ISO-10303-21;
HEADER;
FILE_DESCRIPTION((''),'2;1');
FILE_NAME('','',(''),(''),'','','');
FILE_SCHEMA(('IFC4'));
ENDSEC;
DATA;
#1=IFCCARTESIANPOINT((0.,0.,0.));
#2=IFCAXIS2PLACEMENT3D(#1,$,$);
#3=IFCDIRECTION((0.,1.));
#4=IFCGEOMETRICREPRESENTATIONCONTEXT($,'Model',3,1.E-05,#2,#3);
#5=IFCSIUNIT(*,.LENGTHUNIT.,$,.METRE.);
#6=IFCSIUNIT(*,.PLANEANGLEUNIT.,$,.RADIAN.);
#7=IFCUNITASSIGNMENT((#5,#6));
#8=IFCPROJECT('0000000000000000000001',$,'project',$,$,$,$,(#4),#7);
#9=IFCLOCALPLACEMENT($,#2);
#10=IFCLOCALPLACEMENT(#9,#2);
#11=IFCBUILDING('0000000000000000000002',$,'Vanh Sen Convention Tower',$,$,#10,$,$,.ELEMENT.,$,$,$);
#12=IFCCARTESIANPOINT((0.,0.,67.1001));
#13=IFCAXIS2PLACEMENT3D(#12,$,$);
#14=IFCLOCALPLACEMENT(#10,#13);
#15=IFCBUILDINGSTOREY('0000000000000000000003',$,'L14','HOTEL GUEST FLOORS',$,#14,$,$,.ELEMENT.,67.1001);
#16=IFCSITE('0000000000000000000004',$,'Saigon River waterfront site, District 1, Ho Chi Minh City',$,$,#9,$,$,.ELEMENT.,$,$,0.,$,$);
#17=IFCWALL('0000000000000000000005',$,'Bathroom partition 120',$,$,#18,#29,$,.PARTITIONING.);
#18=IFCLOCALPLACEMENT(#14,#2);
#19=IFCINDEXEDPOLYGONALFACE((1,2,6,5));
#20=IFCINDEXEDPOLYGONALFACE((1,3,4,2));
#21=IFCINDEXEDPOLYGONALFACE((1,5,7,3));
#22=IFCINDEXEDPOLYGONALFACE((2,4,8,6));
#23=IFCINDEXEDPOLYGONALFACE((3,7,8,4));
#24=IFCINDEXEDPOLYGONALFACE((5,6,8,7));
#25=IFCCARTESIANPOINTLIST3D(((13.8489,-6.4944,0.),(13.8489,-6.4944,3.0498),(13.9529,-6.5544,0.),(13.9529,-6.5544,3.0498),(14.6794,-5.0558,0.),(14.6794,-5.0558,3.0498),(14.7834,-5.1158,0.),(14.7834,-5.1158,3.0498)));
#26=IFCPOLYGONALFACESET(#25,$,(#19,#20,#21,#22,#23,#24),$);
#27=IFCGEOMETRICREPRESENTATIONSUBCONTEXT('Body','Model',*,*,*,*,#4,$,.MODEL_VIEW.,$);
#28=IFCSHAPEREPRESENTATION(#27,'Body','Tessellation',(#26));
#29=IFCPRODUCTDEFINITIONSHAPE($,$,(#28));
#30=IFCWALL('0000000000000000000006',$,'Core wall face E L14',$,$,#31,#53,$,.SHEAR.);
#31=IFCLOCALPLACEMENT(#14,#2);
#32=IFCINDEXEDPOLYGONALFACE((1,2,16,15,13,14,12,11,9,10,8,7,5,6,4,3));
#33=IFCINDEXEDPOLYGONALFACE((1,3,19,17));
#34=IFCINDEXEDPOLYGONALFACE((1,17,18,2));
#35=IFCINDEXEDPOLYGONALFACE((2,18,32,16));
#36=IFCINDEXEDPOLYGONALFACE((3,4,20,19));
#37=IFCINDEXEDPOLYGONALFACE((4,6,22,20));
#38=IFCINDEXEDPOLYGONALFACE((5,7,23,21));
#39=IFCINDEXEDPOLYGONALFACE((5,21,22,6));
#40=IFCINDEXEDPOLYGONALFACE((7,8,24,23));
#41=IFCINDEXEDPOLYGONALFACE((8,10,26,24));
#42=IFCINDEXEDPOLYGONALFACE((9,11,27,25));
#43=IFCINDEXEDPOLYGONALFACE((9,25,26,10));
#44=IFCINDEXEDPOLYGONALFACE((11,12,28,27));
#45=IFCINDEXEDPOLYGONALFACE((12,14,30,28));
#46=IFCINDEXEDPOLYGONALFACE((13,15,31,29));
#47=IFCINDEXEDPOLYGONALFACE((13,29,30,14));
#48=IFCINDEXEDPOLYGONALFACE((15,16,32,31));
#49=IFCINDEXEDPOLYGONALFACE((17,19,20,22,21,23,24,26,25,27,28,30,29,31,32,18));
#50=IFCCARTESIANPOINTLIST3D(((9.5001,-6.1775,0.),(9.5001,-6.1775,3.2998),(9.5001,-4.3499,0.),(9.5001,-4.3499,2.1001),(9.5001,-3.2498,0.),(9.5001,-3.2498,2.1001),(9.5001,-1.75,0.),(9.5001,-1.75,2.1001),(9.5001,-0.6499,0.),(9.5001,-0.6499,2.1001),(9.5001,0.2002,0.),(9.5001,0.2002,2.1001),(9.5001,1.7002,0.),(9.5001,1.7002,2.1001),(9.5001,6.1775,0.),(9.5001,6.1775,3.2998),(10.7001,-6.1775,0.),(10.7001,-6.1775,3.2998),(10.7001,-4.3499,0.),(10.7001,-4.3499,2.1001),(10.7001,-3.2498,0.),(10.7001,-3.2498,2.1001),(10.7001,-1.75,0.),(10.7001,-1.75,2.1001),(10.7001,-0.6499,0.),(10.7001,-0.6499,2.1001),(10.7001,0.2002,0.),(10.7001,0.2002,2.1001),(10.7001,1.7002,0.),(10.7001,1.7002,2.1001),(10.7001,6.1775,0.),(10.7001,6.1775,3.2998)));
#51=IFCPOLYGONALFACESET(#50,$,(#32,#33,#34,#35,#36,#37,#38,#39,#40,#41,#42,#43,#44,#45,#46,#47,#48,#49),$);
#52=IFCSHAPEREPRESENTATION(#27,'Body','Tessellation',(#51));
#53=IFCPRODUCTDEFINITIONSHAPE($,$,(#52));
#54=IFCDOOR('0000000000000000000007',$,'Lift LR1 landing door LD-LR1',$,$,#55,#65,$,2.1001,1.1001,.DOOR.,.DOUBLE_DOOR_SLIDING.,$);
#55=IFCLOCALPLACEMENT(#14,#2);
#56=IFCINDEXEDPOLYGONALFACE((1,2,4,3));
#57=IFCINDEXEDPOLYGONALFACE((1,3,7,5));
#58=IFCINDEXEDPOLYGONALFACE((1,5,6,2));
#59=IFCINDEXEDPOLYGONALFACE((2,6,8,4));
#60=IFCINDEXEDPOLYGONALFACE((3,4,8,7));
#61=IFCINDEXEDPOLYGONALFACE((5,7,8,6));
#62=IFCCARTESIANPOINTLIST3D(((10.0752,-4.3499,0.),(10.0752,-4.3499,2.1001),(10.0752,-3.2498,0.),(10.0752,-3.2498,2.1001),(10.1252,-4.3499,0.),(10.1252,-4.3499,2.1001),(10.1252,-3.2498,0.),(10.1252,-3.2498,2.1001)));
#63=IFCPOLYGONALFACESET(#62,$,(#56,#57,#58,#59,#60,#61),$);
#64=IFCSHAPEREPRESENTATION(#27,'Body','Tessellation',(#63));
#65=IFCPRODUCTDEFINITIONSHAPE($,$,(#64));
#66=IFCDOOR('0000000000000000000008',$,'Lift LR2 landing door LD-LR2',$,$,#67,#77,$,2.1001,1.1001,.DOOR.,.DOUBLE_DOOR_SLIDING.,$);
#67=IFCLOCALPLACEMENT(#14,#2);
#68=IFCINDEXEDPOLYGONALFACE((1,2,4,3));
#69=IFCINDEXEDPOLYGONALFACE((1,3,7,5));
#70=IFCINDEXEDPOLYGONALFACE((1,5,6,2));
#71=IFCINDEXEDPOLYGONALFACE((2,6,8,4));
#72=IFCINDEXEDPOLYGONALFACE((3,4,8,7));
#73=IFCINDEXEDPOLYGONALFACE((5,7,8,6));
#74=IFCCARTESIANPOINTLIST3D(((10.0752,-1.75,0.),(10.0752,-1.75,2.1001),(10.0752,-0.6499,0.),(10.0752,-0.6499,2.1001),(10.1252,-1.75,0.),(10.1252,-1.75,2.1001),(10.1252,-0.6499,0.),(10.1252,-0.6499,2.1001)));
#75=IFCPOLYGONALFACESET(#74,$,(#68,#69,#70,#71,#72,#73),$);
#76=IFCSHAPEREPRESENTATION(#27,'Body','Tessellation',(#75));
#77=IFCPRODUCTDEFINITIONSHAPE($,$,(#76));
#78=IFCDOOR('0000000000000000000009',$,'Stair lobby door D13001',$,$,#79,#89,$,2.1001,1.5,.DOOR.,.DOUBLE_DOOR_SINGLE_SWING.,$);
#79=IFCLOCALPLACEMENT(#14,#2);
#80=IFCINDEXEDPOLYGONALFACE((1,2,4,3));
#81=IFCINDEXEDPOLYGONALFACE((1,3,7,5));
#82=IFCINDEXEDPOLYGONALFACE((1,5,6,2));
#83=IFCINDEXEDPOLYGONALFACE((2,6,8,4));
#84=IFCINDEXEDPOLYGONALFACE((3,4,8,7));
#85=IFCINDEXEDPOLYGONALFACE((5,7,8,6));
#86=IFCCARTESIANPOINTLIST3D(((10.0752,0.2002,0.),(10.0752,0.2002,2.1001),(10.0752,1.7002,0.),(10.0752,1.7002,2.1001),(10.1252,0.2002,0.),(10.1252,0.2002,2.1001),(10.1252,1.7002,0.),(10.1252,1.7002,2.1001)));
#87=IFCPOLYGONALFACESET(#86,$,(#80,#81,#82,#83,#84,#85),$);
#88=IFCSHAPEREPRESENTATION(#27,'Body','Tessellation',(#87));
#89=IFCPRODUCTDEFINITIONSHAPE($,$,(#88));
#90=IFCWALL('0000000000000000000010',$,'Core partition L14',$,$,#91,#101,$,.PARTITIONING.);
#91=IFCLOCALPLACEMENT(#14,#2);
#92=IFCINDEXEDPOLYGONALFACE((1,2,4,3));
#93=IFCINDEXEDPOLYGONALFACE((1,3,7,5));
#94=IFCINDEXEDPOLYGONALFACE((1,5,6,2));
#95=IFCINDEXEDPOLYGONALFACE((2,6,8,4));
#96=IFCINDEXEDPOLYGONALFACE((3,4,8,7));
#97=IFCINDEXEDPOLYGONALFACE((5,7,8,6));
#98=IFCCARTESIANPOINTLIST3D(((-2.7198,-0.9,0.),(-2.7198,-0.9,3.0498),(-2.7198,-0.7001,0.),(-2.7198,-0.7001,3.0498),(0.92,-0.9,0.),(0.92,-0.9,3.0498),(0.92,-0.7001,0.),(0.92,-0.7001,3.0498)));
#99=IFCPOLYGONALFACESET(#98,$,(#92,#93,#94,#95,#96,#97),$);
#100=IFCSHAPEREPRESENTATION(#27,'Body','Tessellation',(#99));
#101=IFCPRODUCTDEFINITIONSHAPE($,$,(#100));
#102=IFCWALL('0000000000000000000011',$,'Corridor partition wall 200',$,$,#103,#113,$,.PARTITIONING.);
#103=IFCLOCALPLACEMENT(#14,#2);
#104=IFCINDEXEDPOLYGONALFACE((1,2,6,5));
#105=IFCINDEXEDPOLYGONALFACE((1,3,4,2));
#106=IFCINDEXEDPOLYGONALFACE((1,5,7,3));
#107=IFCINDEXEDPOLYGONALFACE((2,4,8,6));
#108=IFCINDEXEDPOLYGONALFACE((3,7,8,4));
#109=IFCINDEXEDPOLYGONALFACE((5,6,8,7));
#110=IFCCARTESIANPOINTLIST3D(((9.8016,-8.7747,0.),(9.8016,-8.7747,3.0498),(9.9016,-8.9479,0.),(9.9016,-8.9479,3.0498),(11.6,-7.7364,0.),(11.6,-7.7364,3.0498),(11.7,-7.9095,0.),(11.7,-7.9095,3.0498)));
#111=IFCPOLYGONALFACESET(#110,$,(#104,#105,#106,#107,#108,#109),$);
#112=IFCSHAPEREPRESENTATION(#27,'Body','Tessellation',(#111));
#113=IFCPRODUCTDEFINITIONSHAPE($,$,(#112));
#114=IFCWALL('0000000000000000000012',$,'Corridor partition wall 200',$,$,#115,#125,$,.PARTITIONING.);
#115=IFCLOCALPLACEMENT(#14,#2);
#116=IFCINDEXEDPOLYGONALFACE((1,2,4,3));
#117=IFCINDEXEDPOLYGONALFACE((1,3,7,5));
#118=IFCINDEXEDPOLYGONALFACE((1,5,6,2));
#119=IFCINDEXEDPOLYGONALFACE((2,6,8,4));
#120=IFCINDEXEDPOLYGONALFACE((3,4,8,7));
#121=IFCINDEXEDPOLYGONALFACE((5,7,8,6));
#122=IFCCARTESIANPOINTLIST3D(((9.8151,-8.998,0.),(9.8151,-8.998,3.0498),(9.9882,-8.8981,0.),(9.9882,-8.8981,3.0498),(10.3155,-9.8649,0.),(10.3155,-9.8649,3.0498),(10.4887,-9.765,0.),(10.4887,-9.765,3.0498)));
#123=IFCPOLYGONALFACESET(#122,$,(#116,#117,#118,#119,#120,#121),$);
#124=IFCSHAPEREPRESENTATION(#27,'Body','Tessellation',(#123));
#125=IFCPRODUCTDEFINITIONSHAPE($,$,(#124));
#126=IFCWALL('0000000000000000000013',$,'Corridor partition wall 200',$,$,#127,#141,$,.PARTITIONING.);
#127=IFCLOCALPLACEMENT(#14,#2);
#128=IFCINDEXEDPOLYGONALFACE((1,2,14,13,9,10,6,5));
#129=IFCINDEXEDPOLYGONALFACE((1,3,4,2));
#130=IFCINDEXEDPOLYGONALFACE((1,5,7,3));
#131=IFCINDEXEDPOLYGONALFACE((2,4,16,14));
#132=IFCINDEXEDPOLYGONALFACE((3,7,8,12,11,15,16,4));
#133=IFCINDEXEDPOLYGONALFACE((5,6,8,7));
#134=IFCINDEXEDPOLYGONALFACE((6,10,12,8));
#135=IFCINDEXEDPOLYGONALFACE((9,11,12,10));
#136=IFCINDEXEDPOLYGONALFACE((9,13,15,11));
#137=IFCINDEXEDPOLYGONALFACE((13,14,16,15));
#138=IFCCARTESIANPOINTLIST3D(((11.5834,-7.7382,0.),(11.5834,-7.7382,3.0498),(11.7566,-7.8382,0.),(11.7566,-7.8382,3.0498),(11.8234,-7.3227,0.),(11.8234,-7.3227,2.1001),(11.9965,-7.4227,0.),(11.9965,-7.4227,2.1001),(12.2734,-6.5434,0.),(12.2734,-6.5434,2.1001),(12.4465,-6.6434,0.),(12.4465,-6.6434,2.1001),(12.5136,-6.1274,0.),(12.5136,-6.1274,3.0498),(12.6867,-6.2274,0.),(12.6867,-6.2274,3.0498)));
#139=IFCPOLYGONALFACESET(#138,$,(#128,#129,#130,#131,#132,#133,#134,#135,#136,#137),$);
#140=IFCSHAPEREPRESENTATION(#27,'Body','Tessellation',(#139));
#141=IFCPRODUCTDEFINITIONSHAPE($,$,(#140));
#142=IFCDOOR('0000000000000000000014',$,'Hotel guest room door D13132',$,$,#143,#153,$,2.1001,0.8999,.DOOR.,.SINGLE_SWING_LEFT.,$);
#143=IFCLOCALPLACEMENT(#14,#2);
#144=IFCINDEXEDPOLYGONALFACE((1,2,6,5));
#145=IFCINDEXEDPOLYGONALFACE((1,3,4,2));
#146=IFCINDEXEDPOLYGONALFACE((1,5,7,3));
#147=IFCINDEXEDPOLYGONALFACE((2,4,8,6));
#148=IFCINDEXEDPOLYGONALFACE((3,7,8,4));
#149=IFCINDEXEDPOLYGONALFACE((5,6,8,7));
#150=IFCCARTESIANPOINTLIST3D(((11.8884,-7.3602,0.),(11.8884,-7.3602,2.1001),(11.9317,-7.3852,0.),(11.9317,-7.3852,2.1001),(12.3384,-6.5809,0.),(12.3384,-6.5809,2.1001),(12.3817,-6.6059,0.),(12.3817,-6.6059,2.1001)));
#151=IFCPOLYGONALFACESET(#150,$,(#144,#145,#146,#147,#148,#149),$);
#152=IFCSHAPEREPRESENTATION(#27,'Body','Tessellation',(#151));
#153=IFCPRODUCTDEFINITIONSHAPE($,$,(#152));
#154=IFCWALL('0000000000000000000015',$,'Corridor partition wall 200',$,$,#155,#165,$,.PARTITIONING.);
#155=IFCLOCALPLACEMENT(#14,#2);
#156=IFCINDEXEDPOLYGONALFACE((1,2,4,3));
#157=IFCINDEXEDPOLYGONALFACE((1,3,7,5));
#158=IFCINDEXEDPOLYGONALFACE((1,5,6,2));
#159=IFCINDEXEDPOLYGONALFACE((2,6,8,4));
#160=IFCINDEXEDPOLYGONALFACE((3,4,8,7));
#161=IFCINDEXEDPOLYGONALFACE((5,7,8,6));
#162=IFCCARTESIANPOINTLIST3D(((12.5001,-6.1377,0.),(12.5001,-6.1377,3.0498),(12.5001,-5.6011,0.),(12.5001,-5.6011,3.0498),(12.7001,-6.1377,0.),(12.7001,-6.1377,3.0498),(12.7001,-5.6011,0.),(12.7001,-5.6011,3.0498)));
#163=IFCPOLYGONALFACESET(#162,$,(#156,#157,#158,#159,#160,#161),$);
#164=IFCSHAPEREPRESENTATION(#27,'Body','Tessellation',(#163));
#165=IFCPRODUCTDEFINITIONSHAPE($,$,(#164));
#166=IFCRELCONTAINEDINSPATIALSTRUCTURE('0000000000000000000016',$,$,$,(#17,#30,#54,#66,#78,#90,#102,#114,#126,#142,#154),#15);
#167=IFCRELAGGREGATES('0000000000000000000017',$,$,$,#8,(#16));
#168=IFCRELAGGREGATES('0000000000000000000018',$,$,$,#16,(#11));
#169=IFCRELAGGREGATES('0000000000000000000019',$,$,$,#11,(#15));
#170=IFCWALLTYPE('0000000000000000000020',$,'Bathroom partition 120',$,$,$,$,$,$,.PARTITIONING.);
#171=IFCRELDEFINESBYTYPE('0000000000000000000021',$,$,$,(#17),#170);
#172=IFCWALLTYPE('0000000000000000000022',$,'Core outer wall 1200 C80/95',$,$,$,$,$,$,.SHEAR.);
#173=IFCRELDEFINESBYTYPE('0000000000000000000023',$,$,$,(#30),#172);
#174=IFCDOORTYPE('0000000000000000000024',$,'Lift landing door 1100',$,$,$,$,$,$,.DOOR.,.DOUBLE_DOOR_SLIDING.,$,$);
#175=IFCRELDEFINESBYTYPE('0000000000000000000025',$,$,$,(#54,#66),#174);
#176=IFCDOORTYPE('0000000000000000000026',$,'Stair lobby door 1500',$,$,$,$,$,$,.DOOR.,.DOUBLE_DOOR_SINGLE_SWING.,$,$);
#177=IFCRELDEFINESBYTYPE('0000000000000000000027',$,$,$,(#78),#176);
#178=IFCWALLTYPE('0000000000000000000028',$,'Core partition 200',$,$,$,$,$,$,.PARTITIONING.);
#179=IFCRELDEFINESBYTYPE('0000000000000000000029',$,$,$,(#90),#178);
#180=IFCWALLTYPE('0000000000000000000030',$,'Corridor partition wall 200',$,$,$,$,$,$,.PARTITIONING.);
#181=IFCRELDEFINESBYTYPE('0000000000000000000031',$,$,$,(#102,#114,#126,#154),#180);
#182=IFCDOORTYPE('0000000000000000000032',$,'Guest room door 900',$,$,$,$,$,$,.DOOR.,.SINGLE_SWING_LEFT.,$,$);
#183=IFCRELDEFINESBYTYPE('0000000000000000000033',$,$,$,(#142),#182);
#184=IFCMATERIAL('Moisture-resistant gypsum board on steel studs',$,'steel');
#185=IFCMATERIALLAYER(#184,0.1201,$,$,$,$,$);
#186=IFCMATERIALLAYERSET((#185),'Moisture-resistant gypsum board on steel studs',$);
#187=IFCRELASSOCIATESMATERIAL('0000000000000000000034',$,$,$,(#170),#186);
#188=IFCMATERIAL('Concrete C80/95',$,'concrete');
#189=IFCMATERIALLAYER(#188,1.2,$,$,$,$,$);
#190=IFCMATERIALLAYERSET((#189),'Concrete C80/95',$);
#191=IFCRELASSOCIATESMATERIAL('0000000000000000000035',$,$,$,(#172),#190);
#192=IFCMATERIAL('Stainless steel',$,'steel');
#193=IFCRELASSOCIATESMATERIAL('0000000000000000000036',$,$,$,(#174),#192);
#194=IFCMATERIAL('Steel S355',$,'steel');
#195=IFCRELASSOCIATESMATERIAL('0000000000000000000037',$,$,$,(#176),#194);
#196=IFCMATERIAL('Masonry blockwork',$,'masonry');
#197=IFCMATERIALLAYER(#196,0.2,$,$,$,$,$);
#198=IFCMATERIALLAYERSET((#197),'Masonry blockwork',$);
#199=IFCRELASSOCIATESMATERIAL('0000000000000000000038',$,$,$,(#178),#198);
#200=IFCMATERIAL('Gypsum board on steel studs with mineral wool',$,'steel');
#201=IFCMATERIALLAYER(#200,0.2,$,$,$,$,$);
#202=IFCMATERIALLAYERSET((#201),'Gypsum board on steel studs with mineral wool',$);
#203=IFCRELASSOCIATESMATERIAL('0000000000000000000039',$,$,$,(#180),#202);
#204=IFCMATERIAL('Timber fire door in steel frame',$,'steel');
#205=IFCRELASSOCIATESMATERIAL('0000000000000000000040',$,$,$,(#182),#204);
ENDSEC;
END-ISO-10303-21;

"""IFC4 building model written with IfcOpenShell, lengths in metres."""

from ifc_helpers import new_model, si_unit, direction, frame, frame_2d, origin, place, context, subcontext, project, spatial, rectangle, extrude, material, layer, layer_set, type_object, element, fill, save


model = new_model("IFC4")

# Units and contexts
model_context = context("Model", 3, precision=1e-05, world=origin(), true_north=direction((0.0, 1.0)))
body_context = subcontext(model_context, "Body", "Model", "MODEL_VIEW")
ifc_project = project(units=[si_unit("LENGTHUNIT", "METRE"), si_unit("PLANEANGLEUNIT", "RADIAN")], contexts=[model_context])

# Site, building, storey
site_placement = place(None, origin())
site = spatial("IfcSite", under=ifc_project, at=site_placement, Name="Saigon River waterfront site, District 1, Ho Chi Minh City", CompositionType="ELEMENT", RefElevation=0.0)
building_placement = place(site_placement, origin())
building = spatial("IfcBuilding", under=site, at=building_placement, Name="Vanh Sen Convention Tower", CompositionType="ELEMENT")
storey_placement = place(building_placement, frame((0.0, 0.0, 67.1001)))
storey = spatial("IfcBuildingStorey", under=building, at=storey_placement, Name="L14", Description="HOTEL GUEST FLOORS", CompositionType="ELEMENT", Elevation=67.1001)

# Wall
ifc_material_1 = material(Name="Moisture-resistant gypsum board on steel studs", Category="steel")
ifc_layer_1 = layer(ifc_material_1, 0.1201)
ifc_layer_set_1 = layer_set([ifc_layer_1], Name="Moisture-resistant gypsum board on steel studs")
wall_type_1 = type_object("IfcWallType", Name="Bathroom partition 120", PredefinedType="PARTITIONING", material=ifc_layer_set_1)
wall_1_placement = place(storey_placement, frame((13.9009, -6.5244, 0.0), z_axis=(0.0, 0.0, 1.0), x_axis=(0.499964, 0.866046, 0.0)))
element("IfcWall", 1, at=wall_1_placement, inside=storey, type_object=wall_type_1, Name="Bathroom partition 120", PredefinedType="PARTITIONING", context=body_context, shape_type="SweptSolid", body=[
    extrude(rectangle(XDim=1.6611, YDim=0.1201, at=frame_2d((0.8306, 0.0))), origin(), (0.0, 0.0, 1.0), 3.0498),
])

# Wall, openings, doors
ifc_material_2 = material(Name="Concrete C80/95", Category="concrete")
ifc_layer_2 = layer(ifc_material_2, 1.2)
ifc_layer_set_2 = layer_set([ifc_layer_2], Name="Concrete C80/95")
wall_type_2 = type_object("IfcWallType", Name="Core outer wall 1200 C80/95", PredefinedType="SHEAR", material=ifc_layer_set_2)
wall_2_placement = place(storey_placement, frame((10.1001, -6.1775, 0.0), z_axis=(0.0, 0.0, 1.0), x_axis=(0.0, 1.0, 0.0)))
wall_2 = element("IfcWall", 2, at=wall_2_placement, inside=storey, type_object=wall_type_2, Name="Core wall face E L14", PredefinedType="SHEAR", context=body_context, shape_type="SweptSolid", body=[
    extrude(rectangle(XDim=12.355, YDim=1.2, at=frame_2d((6.1775, 0.0))), origin(), (0.0, 0.0, 1.0), 3.2998),
])
opening_1_placement = place(wall_2_placement, frame((6.3777, 0.0, 0.0)))
opening_1 = element("IfcOpeningElement", 3, at=opening_1_placement, cuts=wall_2, PredefinedType="OPENING", context=body_context, shape_type="SweptSolid", body=[
    extrude(rectangle(XDim=1.5, YDim=2.1001, at=frame_2d((0.75, 1.05))), frame((0.0, 0.6099, 0.0), z_axis=(0.0, -1.0, 0.0), x_axis=(1.0, 0.0, 0.0)), (0.0, 0.0, 1.0), 1.22),
])
opening_2_placement = place(wall_2_placement, frame((1.8276, 0.0, 0.0)))
opening_2 = element("IfcOpeningElement", 4, at=opening_2_placement, cuts=wall_2, PredefinedType="OPENING", context=body_context, shape_type="SweptSolid", body=[
    extrude(rectangle(XDim=1.1001, YDim=2.1001, at=frame_2d((0.55, 1.05))), frame((0.0, 0.6099, 0.0), z_axis=(0.0, -1.0, 0.0), x_axis=(1.0, 0.0, 0.0)), (0.0, 0.0, 1.0), 1.22),
])
opening_3_placement = place(wall_2_placement, frame((4.4275, 0.0, 0.0)))
opening_3 = element("IfcOpeningElement", 5, at=opening_3_placement, cuts=wall_2, PredefinedType="OPENING", context=body_context, shape_type="SweptSolid", body=[
    extrude(rectangle(XDim=1.1001, YDim=2.1001, at=frame_2d((0.55, 1.05))), frame((0.0, 0.6099, 0.0), z_axis=(0.0, -1.0, 0.0), x_axis=(1.0, 0.0, 0.0)), (0.0, 0.0, 1.0), 1.22),
])
ifc_material_3 = material(Name="Stainless steel", Category="steel")
door_type_1 = type_object("IfcDoorType", Name="Lift landing door 1100", OperationType="DOUBLE_DOOR_SLIDING", PredefinedType="DOOR", material=ifc_material_3)
door_1_placement = place(opening_2_placement, origin())
door_1 = element("IfcDoor", 6, at=door_1_placement, inside=storey, type_object=door_type_1, Name="Lift LR1 landing door LD-LR1", OperationType="DOUBLE_DOOR_SLIDING", OverallHeight=2.1001, OverallWidth=1.1001, PredefinedType="DOOR", context=body_context, shape_type="SweptSolid", body=[
    extrude(rectangle(XDim=1.1001, YDim=2.1001, at=frame_2d((0.55, 1.05))), frame((0.0, 0.0249, 0.0), z_axis=(0.0, -1.0, 0.0), x_axis=(1.0, 0.0, 0.0)), (0.0, 0.0, 1.0), 0.05),
])
fill(opening_2, door_1)
door_2_placement = place(opening_3_placement, origin())
door_2 = element("IfcDoor", 7, at=door_2_placement, inside=storey, type_object=door_type_1, Name="Lift LR2 landing door LD-LR2", OperationType="DOUBLE_DOOR_SLIDING", OverallHeight=2.1001, OverallWidth=1.1001, PredefinedType="DOOR", context=body_context, shape_type="SweptSolid", body=[
    extrude(rectangle(XDim=1.1001, YDim=2.1001, at=frame_2d((0.55, 1.05))), frame((0.0, 0.0249, 0.0), z_axis=(0.0, -1.0, 0.0), x_axis=(1.0, 0.0, 0.0)), (0.0, 0.0, 1.0), 0.05),
])
fill(opening_3, door_2)
ifc_material_4 = material(Name="Steel S355", Category="steel")
door_type_2 = type_object("IfcDoorType", Name="Stair lobby door 1500", OperationType="DOUBLE_DOOR_SINGLE_SWING", PredefinedType="DOOR", material=ifc_material_4)
door_3_placement = place(opening_1_placement, origin())
door_3 = element("IfcDoor", 8, at=door_3_placement, inside=storey, type_object=door_type_2, Name="Stair lobby door D13001", OperationType="DOUBLE_DOOR_SINGLE_SWING", OverallHeight=2.1001, OverallWidth=1.5, PredefinedType="DOOR", context=body_context, shape_type="SweptSolid", body=[
    extrude(rectangle(XDim=1.5, YDim=2.1001, at=frame_2d((0.75, 1.05))), frame((0.0, 0.0249, 0.0), z_axis=(0.0, -1.0, 0.0), x_axis=(1.0, 0.0, 0.0)), (0.0, 0.0, 1.0), 0.05),
])
fill(opening_1, door_3)

# Walls
ifc_material_5 = material(Name="Masonry blockwork", Category="masonry")
ifc_layer_3 = layer(ifc_material_5, 0.2)
ifc_layer_set_3 = layer_set([ifc_layer_3], Name="Masonry blockwork")
wall_type_3 = type_object("IfcWallType", Name="Core partition 200", PredefinedType="PARTITIONING", material=ifc_layer_set_3)
wall_3_placement = place(storey_placement, frame((0.9199, -0.8, 0.0), z_axis=(0.0, 0.0, 1.0), x_axis=(-1.0, 0.0, 0.0)))
element("IfcWall", 9, at=wall_3_placement, inside=storey, type_object=wall_type_3, Name="Core partition L14", PredefinedType="PARTITIONING", context=body_context, shape_type="SweptSolid", body=[
    extrude(rectangle(XDim=3.6399, YDim=0.2, at=frame_2d((1.8198, 0.0))), origin(), (0.0, 0.0, 1.0), 3.0498),
])
ifc_material_6 = material(Name="Gypsum board on steel studs with mineral wool", Category="steel")
ifc_layer_4 = layer(ifc_material_6, 0.2)
ifc_layer_set_4 = layer_set([ifc_layer_4], Name="Gypsum board on steel studs with mineral wool")
wall_type_4 = type_object("IfcWallType", Name="Corridor partition wall 200", PredefinedType="PARTITIONING", material=ifc_layer_set_4)
wall_4_placement = place(storey_placement, frame((9.8516, -8.8613, 0.0), z_axis=(0.0, 0.0, 1.0), x_axis=(0.866013, 0.500021, 0.0)))
element("IfcWall", 10, at=wall_4_placement, inside=storey, type_object=wall_type_4, Name="Corridor partition wall 200", PredefinedType="PARTITIONING", context=body_context, shape_type="SweptSolid", body=[
    extrude(rectangle(XDim=2.0767, YDim=0.2, at=frame_2d((1.0383, 0.0))), origin(), (0.0, 0.0, 1.0), 3.0498),
])
wall_5_placement = place(storey_placement, frame((10.4021, -9.8149, 0.0), z_axis=(0.0, 0.0, 1.0), x_axis=(-0.499969, 0.866043, 0.0)))
element("IfcWall", 11, at=wall_5_placement, inside=storey, type_object=wall_type_4, Name="Corridor partition wall 200", PredefinedType="PARTITIONING", context=body_context, shape_type="SweptSolid", body=[
    extrude(rectangle(XDim=1.001, YDim=0.2, at=frame_2d((0.5005, 0.0))), origin(), (0.0, 0.0, 1.0), 3.0498),
])

# Wall, opening, door
wall_6_placement = place(storey_placement, frame((11.6699, -7.7883, 0.0), z_axis=(0.0, 0.0, 1.0), x_axis=(0.500063, 0.865989, 0.0)))
wall_6 = element("IfcWall", 12, at=wall_6_placement, inside=storey, type_object=wall_type_4, Name="Corridor partition wall 200", PredefinedType="PARTITIONING", context=body_context, shape_type="SweptSolid", body=[
    extrude(rectangle(XDim=1.8601, YDim=0.2, at=frame_2d((0.9302, 0.0))), origin(), (0.0, 0.0, 1.0), 3.0498),
])
opening_4_placement = place(wall_6_placement, frame((0.48, 0.0, 0.0)))
opening_4 = element("IfcOpeningElement", 13, at=opening_4_placement, cuts=wall_6, PredefinedType="OPENING", context=body_context, shape_type="SweptSolid", body=[
    extrude(rectangle(XDim=0.8999, YDim=2.1001, at=frame_2d((0.45, 1.05))), frame((0.0, 0.1099, 0.0), z_axis=(0.0, -1.0, 0.0), x_axis=(1.0, 0.0, 0.0)), (0.0, 0.0, 1.0), 0.22),
])
ifc_material_7 = material(Name="Timber fire door in steel frame", Category="steel")
door_type_3 = type_object("IfcDoorType", Name="Guest room door 900", OperationType="SINGLE_SWING_LEFT", PredefinedType="DOOR", material=ifc_material_7)
door_4_placement = place(opening_4_placement, origin())
door_4 = element("IfcDoor", 14, at=door_4_placement, inside=storey, type_object=door_type_3, Name="Hotel guest room door D13132", OperationType="SINGLE_SWING_LEFT", OverallHeight=2.1001, OverallWidth=0.8999, PredefinedType="DOOR", context=body_context, shape_type="SweptSolid", body=[
    extrude(rectangle(XDim=0.8999, YDim=2.1001, at=frame_2d((0.45, 1.05))), frame((0.0, 0.0249, 0.0), z_axis=(0.0, -1.0, 0.0), x_axis=(1.0, 0.0, 0.0)), (0.0, 0.0, 1.0), 0.05),
])
fill(opening_4, door_4)

# Wall
wall_7_placement = place(storey_placement, frame((12.6001, -6.1377, 0.0), z_axis=(0.0, 0.0, 1.0), x_axis=(0.0, 1.0, 0.0)))
element("IfcWall", 15, at=wall_7_placement, inside=storey, type_object=wall_type_4, Name="Corridor partition wall 200", PredefinedType="PARTITIONING", context=body_context, shape_type="SweptSolid", body=[
    extrude(rectangle(XDim=0.5366, YDim=0.2, at=frame_2d((0.2683, 0.0))), origin(), (0.0, 0.0, 1.0), 3.0498),
])

save(model, "model.ifc")
